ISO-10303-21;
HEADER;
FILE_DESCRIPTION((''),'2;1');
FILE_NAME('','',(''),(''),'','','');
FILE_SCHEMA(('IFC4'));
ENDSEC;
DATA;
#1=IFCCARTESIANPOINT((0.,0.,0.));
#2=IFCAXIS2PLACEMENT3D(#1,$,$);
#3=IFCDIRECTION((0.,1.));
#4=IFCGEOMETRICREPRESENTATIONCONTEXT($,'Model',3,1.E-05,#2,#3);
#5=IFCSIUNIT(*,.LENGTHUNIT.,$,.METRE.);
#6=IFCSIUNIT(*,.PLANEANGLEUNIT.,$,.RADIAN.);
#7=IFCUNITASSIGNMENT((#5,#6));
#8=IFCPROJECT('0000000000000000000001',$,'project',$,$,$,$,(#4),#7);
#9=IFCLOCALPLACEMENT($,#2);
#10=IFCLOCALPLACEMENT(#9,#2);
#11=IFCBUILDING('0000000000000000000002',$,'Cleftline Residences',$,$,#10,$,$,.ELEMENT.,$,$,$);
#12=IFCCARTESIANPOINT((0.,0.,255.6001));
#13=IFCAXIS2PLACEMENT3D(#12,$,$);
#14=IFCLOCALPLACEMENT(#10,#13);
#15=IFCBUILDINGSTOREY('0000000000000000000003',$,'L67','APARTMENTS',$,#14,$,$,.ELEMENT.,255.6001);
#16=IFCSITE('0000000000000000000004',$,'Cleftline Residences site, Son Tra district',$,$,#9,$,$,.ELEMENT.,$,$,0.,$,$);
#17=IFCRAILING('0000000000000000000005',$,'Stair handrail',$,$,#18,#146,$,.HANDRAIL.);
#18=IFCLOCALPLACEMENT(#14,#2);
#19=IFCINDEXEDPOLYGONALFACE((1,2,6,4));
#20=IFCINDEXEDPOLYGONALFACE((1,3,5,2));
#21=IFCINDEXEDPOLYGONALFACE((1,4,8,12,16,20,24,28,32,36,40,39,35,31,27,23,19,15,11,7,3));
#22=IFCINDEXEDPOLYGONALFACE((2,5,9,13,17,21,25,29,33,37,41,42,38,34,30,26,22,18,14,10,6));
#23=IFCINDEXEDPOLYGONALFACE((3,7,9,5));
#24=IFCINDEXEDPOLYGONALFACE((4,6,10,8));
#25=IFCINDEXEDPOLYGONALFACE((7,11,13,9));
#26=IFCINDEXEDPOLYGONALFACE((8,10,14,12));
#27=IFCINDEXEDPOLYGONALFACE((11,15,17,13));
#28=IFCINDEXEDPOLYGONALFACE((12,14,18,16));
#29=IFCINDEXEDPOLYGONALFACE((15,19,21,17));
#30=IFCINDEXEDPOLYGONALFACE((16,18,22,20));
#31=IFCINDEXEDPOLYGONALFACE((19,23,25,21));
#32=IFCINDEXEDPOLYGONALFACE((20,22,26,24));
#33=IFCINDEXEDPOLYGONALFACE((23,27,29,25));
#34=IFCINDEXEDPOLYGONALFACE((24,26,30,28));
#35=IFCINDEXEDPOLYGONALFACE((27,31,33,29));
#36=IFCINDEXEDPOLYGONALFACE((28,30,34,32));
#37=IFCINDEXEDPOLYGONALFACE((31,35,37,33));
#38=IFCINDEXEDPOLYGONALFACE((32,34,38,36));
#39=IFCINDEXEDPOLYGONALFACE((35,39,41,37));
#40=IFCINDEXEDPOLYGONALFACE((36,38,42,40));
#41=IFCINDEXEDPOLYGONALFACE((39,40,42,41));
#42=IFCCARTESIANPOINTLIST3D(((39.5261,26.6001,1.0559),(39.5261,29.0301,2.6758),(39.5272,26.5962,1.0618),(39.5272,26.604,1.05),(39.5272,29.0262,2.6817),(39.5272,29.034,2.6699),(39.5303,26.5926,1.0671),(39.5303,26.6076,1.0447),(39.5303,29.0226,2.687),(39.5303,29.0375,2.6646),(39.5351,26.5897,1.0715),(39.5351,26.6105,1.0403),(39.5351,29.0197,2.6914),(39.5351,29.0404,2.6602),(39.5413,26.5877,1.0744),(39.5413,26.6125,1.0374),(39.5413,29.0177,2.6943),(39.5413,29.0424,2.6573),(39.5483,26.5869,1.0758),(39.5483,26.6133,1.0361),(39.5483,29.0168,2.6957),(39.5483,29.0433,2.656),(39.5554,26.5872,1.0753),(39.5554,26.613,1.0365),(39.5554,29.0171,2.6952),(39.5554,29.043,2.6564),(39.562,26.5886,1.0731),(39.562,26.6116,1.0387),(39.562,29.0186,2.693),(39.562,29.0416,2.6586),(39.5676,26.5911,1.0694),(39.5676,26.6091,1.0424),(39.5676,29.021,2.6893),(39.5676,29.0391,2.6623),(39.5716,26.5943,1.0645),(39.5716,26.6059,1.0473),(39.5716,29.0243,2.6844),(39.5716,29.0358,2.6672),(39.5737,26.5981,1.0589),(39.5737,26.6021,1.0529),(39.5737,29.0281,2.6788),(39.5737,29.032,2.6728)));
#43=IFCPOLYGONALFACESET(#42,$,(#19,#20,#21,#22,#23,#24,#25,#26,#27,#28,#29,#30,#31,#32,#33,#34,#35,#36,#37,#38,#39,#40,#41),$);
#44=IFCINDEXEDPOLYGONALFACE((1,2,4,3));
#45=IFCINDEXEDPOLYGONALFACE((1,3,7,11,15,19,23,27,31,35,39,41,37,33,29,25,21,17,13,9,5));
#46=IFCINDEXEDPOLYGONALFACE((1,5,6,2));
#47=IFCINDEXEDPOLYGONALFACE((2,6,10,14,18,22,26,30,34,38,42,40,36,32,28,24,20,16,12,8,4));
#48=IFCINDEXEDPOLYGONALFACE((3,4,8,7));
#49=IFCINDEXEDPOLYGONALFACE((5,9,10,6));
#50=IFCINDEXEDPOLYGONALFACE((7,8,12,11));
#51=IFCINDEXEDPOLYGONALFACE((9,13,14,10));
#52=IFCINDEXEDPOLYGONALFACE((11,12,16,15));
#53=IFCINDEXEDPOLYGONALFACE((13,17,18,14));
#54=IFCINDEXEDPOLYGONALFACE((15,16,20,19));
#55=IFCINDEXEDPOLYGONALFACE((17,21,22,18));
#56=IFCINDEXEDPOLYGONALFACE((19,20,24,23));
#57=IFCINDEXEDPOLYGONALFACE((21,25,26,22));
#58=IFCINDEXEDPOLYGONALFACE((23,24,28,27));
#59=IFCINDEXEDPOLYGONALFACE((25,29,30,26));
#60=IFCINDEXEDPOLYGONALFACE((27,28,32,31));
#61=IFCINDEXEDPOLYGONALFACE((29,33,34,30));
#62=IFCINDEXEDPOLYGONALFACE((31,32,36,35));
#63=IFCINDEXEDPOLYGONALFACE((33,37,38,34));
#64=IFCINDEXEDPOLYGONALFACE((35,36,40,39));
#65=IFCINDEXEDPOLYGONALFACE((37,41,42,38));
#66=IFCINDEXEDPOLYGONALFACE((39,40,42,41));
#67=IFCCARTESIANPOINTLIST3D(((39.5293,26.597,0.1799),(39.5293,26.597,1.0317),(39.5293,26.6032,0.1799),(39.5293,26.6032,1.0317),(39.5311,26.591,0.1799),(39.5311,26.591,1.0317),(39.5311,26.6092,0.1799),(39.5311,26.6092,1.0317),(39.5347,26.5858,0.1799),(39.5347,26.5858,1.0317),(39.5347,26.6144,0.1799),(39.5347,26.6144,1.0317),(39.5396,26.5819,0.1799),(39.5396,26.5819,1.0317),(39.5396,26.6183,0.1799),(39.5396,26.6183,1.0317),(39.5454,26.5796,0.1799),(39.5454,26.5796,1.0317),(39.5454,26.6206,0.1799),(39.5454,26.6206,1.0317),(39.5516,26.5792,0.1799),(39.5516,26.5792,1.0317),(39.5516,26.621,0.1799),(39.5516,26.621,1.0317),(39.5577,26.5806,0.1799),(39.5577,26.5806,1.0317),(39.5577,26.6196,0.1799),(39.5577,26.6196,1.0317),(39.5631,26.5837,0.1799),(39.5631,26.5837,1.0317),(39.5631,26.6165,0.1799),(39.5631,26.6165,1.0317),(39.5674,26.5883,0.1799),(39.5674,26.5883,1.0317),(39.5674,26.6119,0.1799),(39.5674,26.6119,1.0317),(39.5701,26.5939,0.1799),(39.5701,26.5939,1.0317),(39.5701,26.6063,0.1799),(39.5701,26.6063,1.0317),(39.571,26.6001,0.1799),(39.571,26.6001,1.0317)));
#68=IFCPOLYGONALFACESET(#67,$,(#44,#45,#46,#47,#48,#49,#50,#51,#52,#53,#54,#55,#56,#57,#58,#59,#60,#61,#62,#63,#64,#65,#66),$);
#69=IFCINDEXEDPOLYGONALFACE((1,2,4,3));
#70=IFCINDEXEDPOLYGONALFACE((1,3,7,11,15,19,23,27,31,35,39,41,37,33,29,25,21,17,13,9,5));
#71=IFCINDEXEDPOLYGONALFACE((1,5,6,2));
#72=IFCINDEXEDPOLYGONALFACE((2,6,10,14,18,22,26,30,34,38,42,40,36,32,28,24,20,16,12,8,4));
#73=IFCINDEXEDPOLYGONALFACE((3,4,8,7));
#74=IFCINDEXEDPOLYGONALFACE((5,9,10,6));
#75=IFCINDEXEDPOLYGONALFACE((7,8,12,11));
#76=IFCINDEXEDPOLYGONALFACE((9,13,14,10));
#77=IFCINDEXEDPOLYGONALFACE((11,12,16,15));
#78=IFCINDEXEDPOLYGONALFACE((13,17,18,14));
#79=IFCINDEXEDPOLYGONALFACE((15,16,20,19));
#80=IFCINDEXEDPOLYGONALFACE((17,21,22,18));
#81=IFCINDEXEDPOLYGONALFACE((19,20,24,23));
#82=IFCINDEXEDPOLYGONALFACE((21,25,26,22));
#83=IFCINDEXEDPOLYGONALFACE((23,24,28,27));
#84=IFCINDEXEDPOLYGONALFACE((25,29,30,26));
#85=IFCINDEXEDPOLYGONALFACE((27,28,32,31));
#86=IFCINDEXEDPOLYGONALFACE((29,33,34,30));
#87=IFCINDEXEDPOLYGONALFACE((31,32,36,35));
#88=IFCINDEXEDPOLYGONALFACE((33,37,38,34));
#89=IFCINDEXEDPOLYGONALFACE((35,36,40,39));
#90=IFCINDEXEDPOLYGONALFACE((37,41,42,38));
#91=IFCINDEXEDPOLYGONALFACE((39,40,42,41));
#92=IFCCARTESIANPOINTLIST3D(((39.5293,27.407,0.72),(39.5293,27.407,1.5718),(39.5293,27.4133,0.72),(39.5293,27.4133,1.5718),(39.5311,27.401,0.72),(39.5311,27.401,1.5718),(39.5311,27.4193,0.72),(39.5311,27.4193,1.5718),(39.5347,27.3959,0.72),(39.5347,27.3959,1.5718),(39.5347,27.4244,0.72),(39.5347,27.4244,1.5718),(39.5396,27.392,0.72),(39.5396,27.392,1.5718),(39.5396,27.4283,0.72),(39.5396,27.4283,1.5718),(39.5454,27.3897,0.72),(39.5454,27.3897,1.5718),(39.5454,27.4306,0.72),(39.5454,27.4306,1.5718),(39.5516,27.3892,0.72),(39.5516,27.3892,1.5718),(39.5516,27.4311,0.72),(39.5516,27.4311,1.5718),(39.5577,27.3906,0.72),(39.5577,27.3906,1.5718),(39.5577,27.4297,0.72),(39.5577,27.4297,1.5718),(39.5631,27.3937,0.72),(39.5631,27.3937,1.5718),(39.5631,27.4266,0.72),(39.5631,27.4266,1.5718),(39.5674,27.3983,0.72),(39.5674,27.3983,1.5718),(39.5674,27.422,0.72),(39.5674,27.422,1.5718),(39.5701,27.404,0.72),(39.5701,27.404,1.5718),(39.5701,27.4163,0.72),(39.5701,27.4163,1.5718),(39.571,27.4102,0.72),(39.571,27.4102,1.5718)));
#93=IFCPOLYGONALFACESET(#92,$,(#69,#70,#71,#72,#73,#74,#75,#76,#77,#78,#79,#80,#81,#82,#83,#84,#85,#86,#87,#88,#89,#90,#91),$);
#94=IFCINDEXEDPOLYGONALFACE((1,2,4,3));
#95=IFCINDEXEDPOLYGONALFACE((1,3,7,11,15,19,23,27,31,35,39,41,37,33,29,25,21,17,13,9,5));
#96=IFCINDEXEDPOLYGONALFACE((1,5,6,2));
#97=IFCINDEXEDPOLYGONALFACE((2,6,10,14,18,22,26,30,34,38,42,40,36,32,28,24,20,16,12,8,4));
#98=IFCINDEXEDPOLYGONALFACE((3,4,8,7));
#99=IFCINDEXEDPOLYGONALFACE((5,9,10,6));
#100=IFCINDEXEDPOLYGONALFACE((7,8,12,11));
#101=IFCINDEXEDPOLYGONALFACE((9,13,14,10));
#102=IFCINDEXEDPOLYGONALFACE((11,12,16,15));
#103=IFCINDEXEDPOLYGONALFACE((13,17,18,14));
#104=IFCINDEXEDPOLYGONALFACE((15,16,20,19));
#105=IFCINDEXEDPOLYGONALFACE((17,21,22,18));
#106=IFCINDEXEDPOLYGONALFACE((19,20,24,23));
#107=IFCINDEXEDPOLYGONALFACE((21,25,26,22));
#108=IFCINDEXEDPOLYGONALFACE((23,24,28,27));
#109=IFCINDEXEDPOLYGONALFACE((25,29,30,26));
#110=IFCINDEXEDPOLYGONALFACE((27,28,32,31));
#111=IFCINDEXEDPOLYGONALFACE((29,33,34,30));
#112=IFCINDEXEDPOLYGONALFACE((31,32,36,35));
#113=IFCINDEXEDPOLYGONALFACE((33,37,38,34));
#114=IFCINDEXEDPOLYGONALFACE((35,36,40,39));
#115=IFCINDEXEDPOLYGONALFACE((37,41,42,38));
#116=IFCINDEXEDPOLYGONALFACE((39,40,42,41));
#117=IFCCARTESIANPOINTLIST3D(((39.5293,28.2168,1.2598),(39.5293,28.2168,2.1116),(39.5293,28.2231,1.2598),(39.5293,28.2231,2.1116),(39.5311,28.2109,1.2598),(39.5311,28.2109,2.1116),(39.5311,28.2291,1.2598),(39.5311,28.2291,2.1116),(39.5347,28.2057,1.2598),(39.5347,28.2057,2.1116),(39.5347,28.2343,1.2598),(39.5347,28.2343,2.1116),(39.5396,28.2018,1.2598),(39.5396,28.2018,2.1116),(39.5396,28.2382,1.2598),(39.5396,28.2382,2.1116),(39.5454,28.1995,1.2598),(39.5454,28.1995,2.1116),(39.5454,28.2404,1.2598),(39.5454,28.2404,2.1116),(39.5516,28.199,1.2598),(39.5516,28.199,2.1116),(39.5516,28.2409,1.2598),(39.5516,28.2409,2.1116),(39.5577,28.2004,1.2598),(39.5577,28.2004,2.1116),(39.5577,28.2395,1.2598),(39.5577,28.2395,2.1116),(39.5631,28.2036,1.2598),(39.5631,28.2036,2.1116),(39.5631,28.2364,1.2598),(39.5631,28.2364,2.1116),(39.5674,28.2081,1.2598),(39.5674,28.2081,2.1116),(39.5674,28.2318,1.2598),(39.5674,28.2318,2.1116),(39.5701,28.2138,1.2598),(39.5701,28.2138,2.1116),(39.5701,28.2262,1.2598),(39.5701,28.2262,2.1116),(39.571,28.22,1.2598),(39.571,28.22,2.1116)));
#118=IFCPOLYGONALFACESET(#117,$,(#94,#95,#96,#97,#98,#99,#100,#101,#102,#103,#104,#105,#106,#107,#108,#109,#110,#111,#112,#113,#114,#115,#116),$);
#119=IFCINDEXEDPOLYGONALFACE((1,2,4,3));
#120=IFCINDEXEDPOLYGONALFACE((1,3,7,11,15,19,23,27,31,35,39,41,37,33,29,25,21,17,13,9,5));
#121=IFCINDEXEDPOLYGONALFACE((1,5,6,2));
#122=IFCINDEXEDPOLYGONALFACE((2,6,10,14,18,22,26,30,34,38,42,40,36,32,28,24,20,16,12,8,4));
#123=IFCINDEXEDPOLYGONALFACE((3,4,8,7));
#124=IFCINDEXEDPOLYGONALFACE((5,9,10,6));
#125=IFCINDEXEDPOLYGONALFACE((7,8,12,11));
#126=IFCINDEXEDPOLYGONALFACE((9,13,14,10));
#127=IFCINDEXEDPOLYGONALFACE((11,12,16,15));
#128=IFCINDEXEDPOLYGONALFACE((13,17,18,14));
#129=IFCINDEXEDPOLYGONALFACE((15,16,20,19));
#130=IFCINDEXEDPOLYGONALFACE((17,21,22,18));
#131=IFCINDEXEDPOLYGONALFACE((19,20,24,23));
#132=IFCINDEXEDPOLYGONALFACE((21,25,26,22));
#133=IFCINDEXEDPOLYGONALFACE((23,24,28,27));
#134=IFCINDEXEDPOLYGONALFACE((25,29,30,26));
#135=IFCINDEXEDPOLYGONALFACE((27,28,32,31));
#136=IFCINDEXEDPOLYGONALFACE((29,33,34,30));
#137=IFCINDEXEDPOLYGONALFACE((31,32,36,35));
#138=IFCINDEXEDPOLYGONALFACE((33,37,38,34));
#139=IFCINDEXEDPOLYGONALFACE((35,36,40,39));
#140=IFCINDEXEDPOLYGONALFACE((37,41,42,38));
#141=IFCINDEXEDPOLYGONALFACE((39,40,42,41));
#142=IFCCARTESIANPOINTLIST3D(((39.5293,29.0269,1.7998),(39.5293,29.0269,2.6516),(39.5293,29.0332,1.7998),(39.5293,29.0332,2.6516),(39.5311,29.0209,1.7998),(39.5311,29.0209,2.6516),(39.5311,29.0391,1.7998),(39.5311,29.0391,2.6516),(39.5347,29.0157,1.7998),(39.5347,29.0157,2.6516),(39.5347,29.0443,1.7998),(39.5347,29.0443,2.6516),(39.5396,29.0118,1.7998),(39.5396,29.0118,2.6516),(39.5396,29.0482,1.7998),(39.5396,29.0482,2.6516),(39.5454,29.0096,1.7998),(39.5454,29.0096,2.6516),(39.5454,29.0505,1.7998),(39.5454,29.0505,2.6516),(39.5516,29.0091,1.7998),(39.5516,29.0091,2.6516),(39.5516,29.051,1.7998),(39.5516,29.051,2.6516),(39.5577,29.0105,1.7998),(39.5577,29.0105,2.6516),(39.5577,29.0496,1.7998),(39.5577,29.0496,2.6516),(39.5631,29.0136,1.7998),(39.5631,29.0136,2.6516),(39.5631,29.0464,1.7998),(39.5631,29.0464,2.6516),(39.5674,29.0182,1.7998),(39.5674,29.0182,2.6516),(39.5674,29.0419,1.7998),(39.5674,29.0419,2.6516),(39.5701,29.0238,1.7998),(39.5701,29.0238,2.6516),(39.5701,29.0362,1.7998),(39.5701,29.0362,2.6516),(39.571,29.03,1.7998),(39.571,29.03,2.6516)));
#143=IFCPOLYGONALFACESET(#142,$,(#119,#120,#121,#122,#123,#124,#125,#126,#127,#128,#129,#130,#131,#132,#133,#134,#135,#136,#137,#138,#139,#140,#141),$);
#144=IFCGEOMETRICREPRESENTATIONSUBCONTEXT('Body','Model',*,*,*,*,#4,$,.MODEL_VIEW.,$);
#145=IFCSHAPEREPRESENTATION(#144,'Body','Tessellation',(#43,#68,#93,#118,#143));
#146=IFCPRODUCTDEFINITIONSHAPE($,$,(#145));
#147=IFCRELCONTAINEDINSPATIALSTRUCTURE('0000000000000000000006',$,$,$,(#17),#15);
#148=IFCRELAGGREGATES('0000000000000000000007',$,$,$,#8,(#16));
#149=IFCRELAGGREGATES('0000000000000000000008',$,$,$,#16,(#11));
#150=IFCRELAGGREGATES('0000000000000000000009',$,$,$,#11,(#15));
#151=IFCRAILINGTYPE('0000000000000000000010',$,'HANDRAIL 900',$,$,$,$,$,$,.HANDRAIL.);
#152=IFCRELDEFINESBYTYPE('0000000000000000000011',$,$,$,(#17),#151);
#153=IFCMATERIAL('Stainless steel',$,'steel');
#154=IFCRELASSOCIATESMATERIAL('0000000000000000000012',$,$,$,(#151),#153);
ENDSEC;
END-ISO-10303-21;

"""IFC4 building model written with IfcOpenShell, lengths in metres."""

from ifc_helpers import new_model, si_unit, direction, frame, origin, origin_2d, place, context, subcontext, project, spatial, circle, extrude, material, type_object, element, save


model = new_model("IFC4")

# Units and contexts
model_context = context("Model", 3, precision=1e-05, world=origin(), true_north=direction((0.0, 1.0)))
body_context = subcontext(model_context, "Body", "Model", "MODEL_VIEW")
ifc_project = project(units=[si_unit("LENGTHUNIT", "METRE"), si_unit("PLANEANGLEUNIT", "RADIAN")], contexts=[model_context])

# Site, building, storey
site_placement = place(None, origin())
site = spatial("IfcSite", under=ifc_project, at=site_placement, Name="Cleftline Residences site, Son Tra district", CompositionType="ELEMENT", RefElevation=0.0)
building_placement = place(site_placement, origin())
building = spatial("IfcBuilding", under=site, at=building_placement, Name="Cleftline Residences", CompositionType="ELEMENT")
storey_placement = place(building_placement, frame((0.0, 0.0, 255.6001)))
storey = spatial("IfcBuildingStorey", under=building, at=storey_placement, Name="L67", Description="APARTMENTS", CompositionType="ELEMENT", Elevation=255.6001)

# Railing
ifc_material_1 = material(Name="Stainless steel", Category="steel")
railing_type = type_object("IfcRailingType", Name="HANDRAIL 900", PredefinedType="HANDRAIL", material=ifc_material_1)
for number, where, name in (
    (1, (39.55, 26.6001, 0.1799), "Stair handrail"),
):
    element("IfcRailing", number, at=place(storey_placement, frame(where)), inside=storey, type_object=railing_type, Name=name, PredefinedType="HANDRAIL", context=body_context, shape_type="SweptSolid", body=[
        extrude(circle(Radius=0.0239, at=origin_2d()), frame((0.0, 0.0, 0.876), z_axis=(0.0, 0.832063, 0.554681), x_axis=(-1.0, 0.0, 0.0)), (0.0, 0.0, 1.0), 2.9204),
        extrude(circle(Radius=0.021, at=origin_2d()), origin(), (0.0, 0.0, 1.0), 0.8518),
        extrude(circle(Radius=0.021, at=origin_2d()), frame((0.0, 0.8101, 0.54)), (0.0, 0.0, 1.0), 0.8518),
        extrude(circle(Radius=0.021, at=origin_2d()), frame((0.0, 1.6199, 1.0798)), (0.0, 0.0, 1.0), 0.8518),
        extrude(circle(Radius=0.021, at=origin_2d()), frame((0.0, 2.4299, 1.6199)), (0.0, 0.0, 1.0), 0.8518),
    ])

save(model, "model.ifc")
